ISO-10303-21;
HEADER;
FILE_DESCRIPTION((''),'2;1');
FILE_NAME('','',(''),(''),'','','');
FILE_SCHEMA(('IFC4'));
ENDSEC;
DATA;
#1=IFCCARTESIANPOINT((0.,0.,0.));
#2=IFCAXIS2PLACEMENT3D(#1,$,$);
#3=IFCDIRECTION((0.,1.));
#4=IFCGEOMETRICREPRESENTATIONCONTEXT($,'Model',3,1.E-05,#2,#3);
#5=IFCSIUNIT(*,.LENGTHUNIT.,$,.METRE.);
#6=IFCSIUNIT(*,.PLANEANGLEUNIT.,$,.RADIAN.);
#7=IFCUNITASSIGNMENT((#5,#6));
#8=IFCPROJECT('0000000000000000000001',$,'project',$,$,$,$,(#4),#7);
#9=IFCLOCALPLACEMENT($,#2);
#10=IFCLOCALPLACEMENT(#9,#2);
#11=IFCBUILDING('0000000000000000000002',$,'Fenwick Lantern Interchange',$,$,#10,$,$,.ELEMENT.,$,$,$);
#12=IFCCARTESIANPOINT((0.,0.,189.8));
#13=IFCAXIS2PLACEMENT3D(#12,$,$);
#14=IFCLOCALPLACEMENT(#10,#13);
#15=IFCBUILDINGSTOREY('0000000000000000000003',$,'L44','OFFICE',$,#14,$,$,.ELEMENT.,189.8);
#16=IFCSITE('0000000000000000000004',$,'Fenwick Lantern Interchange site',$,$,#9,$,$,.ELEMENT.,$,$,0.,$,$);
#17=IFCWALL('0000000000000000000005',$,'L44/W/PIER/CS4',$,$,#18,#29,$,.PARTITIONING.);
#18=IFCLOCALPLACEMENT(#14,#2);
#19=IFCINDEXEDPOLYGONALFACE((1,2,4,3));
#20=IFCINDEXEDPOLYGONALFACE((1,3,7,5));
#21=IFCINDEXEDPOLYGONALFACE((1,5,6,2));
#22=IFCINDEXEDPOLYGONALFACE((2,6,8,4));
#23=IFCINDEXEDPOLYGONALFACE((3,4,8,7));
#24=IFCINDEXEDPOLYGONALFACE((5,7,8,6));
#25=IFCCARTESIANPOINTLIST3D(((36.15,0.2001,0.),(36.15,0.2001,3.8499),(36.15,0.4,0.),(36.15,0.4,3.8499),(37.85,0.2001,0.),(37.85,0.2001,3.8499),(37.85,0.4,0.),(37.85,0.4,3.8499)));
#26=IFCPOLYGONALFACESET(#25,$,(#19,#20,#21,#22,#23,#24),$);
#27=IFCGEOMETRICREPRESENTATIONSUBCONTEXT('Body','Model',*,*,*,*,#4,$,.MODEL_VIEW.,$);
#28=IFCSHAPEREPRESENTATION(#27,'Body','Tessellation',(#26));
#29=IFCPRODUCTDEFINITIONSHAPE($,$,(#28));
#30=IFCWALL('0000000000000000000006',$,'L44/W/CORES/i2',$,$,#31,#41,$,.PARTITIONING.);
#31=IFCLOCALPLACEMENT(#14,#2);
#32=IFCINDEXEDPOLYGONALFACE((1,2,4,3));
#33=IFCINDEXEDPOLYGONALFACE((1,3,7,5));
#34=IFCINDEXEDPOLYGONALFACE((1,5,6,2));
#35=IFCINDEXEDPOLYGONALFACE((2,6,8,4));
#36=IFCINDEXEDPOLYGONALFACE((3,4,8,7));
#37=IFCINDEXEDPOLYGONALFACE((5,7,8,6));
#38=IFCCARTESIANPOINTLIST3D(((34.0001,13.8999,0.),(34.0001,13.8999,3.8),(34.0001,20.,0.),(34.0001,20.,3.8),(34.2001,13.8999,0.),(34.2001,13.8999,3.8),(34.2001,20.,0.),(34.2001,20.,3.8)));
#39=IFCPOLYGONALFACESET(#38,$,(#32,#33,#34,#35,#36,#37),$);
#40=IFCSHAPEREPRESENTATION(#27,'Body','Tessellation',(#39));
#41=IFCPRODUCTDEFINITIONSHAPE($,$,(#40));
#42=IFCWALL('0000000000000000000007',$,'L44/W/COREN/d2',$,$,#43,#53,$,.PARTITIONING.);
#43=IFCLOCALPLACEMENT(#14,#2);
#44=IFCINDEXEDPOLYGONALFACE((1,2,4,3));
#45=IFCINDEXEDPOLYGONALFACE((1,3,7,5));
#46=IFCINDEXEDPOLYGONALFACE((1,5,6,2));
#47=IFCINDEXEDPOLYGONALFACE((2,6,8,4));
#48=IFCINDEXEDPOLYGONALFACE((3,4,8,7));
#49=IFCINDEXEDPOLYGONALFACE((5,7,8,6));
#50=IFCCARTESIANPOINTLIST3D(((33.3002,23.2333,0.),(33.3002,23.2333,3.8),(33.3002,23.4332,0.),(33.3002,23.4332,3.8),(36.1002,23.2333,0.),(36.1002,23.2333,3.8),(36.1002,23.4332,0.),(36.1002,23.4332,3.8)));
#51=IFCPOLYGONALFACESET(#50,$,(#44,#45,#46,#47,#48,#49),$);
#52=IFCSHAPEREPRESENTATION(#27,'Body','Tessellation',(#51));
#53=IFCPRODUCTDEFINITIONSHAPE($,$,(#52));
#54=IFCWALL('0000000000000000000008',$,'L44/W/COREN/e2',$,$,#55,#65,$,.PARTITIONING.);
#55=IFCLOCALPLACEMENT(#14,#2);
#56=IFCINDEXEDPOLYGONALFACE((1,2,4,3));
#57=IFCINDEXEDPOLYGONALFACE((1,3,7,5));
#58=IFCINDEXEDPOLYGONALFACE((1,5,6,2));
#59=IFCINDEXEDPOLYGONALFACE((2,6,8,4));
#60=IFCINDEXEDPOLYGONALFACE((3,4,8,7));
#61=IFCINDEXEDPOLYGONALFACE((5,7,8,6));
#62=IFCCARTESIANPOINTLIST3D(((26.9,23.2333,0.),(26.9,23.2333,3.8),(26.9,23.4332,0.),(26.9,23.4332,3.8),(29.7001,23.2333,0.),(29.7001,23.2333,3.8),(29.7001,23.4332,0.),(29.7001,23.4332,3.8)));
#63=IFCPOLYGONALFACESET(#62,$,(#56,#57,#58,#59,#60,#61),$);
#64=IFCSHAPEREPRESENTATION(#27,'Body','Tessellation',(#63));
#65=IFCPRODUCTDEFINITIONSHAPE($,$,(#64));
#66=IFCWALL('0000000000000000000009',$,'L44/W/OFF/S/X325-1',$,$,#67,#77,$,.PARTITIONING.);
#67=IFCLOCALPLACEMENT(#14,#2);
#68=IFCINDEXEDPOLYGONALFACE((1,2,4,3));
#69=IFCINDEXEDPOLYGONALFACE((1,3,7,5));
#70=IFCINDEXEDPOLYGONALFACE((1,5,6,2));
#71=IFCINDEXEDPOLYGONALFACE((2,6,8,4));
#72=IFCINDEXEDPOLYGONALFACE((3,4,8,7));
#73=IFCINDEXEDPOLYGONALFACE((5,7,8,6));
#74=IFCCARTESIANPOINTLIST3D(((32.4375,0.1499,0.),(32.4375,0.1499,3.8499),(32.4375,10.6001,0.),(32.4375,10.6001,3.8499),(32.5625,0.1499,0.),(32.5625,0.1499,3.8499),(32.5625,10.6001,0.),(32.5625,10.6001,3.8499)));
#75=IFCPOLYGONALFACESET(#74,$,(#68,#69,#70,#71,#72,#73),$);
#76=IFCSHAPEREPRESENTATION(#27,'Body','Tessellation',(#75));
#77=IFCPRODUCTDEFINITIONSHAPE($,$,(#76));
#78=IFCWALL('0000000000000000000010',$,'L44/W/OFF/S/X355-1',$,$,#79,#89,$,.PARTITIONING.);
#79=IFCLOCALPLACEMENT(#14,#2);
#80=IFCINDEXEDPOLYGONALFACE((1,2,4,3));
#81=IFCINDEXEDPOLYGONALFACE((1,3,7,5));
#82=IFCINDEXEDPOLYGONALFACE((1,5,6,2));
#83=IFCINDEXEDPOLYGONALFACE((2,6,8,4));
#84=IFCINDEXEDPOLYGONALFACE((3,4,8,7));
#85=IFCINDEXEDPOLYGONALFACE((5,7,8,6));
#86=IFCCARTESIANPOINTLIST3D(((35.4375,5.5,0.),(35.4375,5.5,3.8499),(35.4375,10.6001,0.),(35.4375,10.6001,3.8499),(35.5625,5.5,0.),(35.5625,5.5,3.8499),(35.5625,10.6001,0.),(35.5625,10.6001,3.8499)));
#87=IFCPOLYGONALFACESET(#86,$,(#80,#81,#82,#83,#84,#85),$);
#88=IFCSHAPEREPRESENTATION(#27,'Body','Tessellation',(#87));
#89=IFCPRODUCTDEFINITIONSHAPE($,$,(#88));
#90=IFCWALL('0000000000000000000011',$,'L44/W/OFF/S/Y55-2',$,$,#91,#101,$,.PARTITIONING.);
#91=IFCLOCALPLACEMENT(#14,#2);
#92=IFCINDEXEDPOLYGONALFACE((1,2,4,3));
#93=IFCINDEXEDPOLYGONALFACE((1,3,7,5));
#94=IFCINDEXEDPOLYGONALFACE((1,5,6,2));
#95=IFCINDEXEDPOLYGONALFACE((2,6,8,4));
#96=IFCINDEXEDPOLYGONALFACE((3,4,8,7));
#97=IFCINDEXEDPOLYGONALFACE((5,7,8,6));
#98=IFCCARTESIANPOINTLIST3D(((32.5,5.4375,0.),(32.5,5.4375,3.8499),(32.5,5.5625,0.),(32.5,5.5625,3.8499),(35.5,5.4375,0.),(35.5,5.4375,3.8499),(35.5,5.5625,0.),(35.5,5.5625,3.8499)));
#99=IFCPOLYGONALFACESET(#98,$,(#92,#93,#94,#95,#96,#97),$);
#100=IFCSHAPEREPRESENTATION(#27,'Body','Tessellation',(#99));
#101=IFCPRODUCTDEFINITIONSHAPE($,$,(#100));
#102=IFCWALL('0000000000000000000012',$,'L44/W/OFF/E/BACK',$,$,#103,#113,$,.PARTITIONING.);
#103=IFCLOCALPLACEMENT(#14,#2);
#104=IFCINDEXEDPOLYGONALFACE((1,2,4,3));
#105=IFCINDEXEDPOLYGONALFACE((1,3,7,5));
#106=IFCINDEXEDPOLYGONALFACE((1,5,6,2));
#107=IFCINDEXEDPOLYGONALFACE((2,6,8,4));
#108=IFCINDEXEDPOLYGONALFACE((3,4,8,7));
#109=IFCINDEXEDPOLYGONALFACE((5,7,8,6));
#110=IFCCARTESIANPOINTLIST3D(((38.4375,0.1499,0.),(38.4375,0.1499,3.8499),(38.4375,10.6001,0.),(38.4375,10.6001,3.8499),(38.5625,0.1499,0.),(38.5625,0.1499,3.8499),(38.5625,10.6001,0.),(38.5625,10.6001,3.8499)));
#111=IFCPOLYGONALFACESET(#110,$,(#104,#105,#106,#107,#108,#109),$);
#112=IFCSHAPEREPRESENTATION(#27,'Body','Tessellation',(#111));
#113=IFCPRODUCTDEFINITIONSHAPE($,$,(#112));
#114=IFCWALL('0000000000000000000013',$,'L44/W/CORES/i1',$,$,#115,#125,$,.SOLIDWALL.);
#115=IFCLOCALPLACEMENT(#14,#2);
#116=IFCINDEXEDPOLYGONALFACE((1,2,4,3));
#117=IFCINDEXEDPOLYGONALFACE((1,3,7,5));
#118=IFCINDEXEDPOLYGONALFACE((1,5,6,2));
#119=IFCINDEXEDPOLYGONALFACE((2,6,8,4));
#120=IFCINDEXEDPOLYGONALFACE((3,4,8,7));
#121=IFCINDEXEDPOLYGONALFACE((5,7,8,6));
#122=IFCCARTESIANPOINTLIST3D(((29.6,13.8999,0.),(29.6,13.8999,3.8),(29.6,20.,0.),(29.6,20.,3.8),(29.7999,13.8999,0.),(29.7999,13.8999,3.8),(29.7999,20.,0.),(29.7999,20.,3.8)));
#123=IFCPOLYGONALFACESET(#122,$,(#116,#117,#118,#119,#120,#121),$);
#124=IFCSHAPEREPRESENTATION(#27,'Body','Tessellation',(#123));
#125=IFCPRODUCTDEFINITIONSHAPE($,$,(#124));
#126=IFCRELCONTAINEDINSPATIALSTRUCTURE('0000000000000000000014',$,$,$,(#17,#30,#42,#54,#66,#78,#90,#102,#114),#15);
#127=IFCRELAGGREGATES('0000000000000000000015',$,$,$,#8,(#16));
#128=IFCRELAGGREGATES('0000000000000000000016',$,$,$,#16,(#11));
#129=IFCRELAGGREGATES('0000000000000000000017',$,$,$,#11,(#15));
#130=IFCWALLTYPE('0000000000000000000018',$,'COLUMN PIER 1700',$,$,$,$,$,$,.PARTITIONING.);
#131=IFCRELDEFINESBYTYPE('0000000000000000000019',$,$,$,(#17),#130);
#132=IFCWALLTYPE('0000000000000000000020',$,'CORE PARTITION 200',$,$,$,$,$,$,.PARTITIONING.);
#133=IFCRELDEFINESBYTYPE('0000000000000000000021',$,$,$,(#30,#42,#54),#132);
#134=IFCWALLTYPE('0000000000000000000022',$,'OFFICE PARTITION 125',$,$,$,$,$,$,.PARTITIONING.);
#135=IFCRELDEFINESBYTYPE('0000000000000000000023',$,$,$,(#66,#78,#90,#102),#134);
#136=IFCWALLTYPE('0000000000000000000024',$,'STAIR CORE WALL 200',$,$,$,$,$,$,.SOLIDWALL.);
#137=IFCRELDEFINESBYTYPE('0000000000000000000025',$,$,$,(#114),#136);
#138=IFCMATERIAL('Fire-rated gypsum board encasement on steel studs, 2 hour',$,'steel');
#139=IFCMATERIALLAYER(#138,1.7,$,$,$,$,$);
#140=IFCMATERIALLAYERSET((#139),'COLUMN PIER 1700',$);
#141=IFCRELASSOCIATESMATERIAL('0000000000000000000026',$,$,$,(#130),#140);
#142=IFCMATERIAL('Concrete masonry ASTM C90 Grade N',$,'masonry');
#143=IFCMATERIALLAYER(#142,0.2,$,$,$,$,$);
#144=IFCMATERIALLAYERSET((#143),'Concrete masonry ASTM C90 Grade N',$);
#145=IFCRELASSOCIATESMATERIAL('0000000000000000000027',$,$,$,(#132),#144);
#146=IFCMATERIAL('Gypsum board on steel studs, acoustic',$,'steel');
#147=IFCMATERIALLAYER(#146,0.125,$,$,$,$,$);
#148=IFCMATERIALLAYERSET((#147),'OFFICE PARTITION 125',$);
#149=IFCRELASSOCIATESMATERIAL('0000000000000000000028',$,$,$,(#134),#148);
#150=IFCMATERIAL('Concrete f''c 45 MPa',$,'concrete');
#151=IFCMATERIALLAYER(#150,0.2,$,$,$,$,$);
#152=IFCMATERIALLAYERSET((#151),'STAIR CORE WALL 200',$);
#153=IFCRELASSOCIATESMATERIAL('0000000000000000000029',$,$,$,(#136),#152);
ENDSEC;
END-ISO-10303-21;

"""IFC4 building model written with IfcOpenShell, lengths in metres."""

from ifc_helpers import new_model, si_unit, direction, frame, frame_2d, origin, place, context, subcontext, project, spatial, rectangle, extrude, material, layer, layer_set, type_object, element, save


model = new_model("IFC4")

# Units and contexts
model_context = context("Model", 3, precision=1e-05, world=origin(), true_north=direction((0.0, 1.0)))
body_context = subcontext(model_context, "Body", "Model", "MODEL_VIEW")
ifc_project = project(units=[si_unit("LENGTHUNIT", "METRE"), si_unit("PLANEANGLEUNIT", "RADIAN")], contexts=[model_context])

# Site, building, storey
site_placement = place(None, origin())
site = spatial("IfcSite", under=ifc_project, at=site_placement, Name="Fenwick Lantern Interchange site", CompositionType="ELEMENT", RefElevation=0.0)
building_placement = place(site_placement, origin())
building = spatial("IfcBuilding", under=site, at=building_placement, Name="Fenwick Lantern Interchange", CompositionType="ELEMENT")
storey_placement = place(building_placement, frame((0.0, 0.0, 189.8)))
storey = spatial("IfcBuildingStorey", under=building, at=storey_placement, Name="L44", Description="OFFICE", CompositionType="ELEMENT", Elevation=189.8)

# Walls
ifc_material_1 = material(Name="Fire-rated gypsum board encasement on steel studs, 2 hour", Category="steel")
ifc_layer_1 = layer(ifc_material_1, 1.7)
ifc_layer_set_1 = layer_set([ifc_layer_1], Name="COLUMN PIER 1700")
wall_type_1 = type_object("IfcWallType", Name="COLUMN PIER 1700", PredefinedType="PARTITIONING", material=ifc_layer_set_1)
wall_1_placement = place(storey_placement, frame((37.0, 0.2, 0.0), z_axis=(0.0, 0.0, 1.0), x_axis=(0.0, 1.0, 0.0)))
element("IfcWall", 1, at=wall_1_placement, inside=storey, type_object=wall_type_1, Name="L44/W/PIER/CS4", PredefinedType="PARTITIONING", context=body_context, shape_type="SweptSolid", body=[
    extrude(rectangle(XDim=0.2, YDim=1.7, at=frame_2d((0.1001, 0.0))), origin(), (0.0, 0.0, 1.0), 3.8499),
])
ifc_material_2 = material(Name="Concrete masonry ASTM C90 Grade N", Category="masonry")
ifc_layer_2 = layer(ifc_material_2, 0.2)
ifc_layer_set_2 = layer_set([ifc_layer_2], Name="Concrete masonry ASTM C90 Grade N")
wall_type_2 = type_object("IfcWallType", Name="CORE PARTITION 200", PredefinedType="PARTITIONING", material=ifc_layer_set_2)
wall_2_placement = place(storey_placement, frame((34.1001, 13.8999, 0.0), z_axis=(0.0, 0.0, 1.0), x_axis=(0.0, 1.0, 0.0)))
element("IfcWall", 2, at=wall_2_placement, inside=storey, type_object=wall_type_2, Name="L44/W/CORES/i2", PredefinedType="PARTITIONING", context=body_context, shape_type="SweptSolid", body=[
    extrude(rectangle(XDim=6.1001, YDim=0.2, at=frame_2d((3.05, 0.0))), origin(), (0.0, 0.0, 1.0), 3.8),
])
for number, where, z_axis, x_axis, name in (
    (3, (36.1001, 23.3333, 0.0), (0.0, 0.0, 1.0), (-1.0, 0.0, 0.0), "L44/W/COREN/d2"),
    (4, (29.7, 23.3333, 0.0), (0.0, 0.0, 1.0), (-1.0, 0.0, 0.0), "L44/W/COREN/e2"),
):
    element("IfcWall", number, at=place(storey_placement, frame(where, z_axis=z_axis, x_axis=x_axis)), inside=storey, type_object=wall_type_2, Name=name, PredefinedType="PARTITIONING", context=body_context, shape_type="SweptSolid", body=[
        extrude(rectangle(XDim=2.8, YDim=0.2, at=frame_2d((1.3999, 0.0))), origin(), (0.0, 0.0, 1.0), 3.8),
    ])

# Walls
ifc_material_3 = material(Name="Gypsum board on steel studs, acoustic", Category="steel")
ifc_layer_3 = layer(ifc_material_3, 0.125)
ifc_layer_set_3 = layer_set([ifc_layer_3], Name="OFFICE PARTITION 125")
wall_type_3 = type_object("IfcWallType", Name="OFFICE PARTITION 125", PredefinedType="PARTITIONING", material=ifc_layer_set_3)
wall_3_placement = place(storey_placement, frame((32.5, 0.1499, 0.0), z_axis=(0.0, 0.0, 1.0), x_axis=(0.0, 1.0, 0.0)))
element("IfcWall", 5, at=wall_3_placement, inside=storey, type_object=wall_type_3, Name="L44/W/OFF/S/X325-1", PredefinedType="PARTITIONING", context=body_context, shape_type="SweptSolid", body=[
    extrude(rectangle(XDim=10.4502, YDim=0.125, at=frame_2d((5.2251, 0.0))), origin(), (0.0, 0.0, 1.0), 3.8499),
])
wall_4_placement = place(storey_placement, frame((35.5, 5.5, 0.0), z_axis=(0.0, 0.0, 1.0), x_axis=(0.0, 1.0, 0.0)))
element("IfcWall", 6, at=wall_4_placement, inside=storey, type_object=wall_type_3, Name="L44/W/OFF/S/X355-1", PredefinedType="PARTITIONING", context=body_context, shape_type="SweptSolid", body=[
    extrude(rectangle(XDim=5.1001, YDim=0.125, at=frame_2d((2.55, 0.0))), origin(), (0.0, 0.0, 1.0), 3.8499),
])
wall_5_placement = place(storey_placement, frame((32.5, 5.5, 0.0), z_axis=(0.0, 0.0, 1.0), x_axis=(1.0, 0.0, 0.0)))
element("IfcWall", 7, at=wall_5_placement, inside=storey, type_object=wall_type_3, Name="L44/W/OFF/S/Y55-2", PredefinedType="PARTITIONING", context=body_context, shape_type="SweptSolid", body=[
    extrude(rectangle(XDim=3.0, YDim=0.125, at=frame_2d((1.5, 0.0))), origin(), (0.0, 0.0, 1.0), 3.8499),
])
wall_6_placement = place(storey_placement, frame((38.5, 0.1499, 0.0), z_axis=(0.0, 0.0, 1.0), x_axis=(0.0, 1.0, 0.0)))
element("IfcWall", 8, at=wall_6_placement, inside=storey, type_object=wall_type_3, Name="L44/W/OFF/E/BACK", PredefinedType="PARTITIONING", context=body_context, shape_type="SweptSolid", body=[
    extrude(rectangle(XDim=10.4502, YDim=0.125, at=frame_2d((5.2251, 0.0))), origin(), (0.0, 0.0, 1.0), 3.8499),
])
ifc_material_4 = material(Name="Concrete f'c 45 MPa", Category="concrete")
ifc_layer_4 = layer(ifc_material_4, 0.2)
ifc_layer_set_4 = layer_set([ifc_layer_4], Name="STAIR CORE WALL 200")
wall_type_4 = type_object("IfcWallType", Name="STAIR CORE WALL 200", PredefinedType="SOLIDWALL", material=ifc_layer_set_4)
wall_7_placement = place(storey_placement, frame((29.7, 13.8999, 0.0), z_axis=(0.0, 0.0, 1.0), x_axis=(0.0, 1.0, 0.0)))
element("IfcWall", 9, at=wall_7_placement, inside=storey, type_object=wall_type_4, Name="L44/W/CORES/i1", PredefinedType="SOLIDWALL", context=body_context, shape_type="SweptSolid", body=[
    extrude(rectangle(XDim=6.1001, YDim=0.2, at=frame_2d((3.05, 0.0))), origin(), (0.0, 0.0, 1.0), 3.8),
])

save(model, "model.ifc")
